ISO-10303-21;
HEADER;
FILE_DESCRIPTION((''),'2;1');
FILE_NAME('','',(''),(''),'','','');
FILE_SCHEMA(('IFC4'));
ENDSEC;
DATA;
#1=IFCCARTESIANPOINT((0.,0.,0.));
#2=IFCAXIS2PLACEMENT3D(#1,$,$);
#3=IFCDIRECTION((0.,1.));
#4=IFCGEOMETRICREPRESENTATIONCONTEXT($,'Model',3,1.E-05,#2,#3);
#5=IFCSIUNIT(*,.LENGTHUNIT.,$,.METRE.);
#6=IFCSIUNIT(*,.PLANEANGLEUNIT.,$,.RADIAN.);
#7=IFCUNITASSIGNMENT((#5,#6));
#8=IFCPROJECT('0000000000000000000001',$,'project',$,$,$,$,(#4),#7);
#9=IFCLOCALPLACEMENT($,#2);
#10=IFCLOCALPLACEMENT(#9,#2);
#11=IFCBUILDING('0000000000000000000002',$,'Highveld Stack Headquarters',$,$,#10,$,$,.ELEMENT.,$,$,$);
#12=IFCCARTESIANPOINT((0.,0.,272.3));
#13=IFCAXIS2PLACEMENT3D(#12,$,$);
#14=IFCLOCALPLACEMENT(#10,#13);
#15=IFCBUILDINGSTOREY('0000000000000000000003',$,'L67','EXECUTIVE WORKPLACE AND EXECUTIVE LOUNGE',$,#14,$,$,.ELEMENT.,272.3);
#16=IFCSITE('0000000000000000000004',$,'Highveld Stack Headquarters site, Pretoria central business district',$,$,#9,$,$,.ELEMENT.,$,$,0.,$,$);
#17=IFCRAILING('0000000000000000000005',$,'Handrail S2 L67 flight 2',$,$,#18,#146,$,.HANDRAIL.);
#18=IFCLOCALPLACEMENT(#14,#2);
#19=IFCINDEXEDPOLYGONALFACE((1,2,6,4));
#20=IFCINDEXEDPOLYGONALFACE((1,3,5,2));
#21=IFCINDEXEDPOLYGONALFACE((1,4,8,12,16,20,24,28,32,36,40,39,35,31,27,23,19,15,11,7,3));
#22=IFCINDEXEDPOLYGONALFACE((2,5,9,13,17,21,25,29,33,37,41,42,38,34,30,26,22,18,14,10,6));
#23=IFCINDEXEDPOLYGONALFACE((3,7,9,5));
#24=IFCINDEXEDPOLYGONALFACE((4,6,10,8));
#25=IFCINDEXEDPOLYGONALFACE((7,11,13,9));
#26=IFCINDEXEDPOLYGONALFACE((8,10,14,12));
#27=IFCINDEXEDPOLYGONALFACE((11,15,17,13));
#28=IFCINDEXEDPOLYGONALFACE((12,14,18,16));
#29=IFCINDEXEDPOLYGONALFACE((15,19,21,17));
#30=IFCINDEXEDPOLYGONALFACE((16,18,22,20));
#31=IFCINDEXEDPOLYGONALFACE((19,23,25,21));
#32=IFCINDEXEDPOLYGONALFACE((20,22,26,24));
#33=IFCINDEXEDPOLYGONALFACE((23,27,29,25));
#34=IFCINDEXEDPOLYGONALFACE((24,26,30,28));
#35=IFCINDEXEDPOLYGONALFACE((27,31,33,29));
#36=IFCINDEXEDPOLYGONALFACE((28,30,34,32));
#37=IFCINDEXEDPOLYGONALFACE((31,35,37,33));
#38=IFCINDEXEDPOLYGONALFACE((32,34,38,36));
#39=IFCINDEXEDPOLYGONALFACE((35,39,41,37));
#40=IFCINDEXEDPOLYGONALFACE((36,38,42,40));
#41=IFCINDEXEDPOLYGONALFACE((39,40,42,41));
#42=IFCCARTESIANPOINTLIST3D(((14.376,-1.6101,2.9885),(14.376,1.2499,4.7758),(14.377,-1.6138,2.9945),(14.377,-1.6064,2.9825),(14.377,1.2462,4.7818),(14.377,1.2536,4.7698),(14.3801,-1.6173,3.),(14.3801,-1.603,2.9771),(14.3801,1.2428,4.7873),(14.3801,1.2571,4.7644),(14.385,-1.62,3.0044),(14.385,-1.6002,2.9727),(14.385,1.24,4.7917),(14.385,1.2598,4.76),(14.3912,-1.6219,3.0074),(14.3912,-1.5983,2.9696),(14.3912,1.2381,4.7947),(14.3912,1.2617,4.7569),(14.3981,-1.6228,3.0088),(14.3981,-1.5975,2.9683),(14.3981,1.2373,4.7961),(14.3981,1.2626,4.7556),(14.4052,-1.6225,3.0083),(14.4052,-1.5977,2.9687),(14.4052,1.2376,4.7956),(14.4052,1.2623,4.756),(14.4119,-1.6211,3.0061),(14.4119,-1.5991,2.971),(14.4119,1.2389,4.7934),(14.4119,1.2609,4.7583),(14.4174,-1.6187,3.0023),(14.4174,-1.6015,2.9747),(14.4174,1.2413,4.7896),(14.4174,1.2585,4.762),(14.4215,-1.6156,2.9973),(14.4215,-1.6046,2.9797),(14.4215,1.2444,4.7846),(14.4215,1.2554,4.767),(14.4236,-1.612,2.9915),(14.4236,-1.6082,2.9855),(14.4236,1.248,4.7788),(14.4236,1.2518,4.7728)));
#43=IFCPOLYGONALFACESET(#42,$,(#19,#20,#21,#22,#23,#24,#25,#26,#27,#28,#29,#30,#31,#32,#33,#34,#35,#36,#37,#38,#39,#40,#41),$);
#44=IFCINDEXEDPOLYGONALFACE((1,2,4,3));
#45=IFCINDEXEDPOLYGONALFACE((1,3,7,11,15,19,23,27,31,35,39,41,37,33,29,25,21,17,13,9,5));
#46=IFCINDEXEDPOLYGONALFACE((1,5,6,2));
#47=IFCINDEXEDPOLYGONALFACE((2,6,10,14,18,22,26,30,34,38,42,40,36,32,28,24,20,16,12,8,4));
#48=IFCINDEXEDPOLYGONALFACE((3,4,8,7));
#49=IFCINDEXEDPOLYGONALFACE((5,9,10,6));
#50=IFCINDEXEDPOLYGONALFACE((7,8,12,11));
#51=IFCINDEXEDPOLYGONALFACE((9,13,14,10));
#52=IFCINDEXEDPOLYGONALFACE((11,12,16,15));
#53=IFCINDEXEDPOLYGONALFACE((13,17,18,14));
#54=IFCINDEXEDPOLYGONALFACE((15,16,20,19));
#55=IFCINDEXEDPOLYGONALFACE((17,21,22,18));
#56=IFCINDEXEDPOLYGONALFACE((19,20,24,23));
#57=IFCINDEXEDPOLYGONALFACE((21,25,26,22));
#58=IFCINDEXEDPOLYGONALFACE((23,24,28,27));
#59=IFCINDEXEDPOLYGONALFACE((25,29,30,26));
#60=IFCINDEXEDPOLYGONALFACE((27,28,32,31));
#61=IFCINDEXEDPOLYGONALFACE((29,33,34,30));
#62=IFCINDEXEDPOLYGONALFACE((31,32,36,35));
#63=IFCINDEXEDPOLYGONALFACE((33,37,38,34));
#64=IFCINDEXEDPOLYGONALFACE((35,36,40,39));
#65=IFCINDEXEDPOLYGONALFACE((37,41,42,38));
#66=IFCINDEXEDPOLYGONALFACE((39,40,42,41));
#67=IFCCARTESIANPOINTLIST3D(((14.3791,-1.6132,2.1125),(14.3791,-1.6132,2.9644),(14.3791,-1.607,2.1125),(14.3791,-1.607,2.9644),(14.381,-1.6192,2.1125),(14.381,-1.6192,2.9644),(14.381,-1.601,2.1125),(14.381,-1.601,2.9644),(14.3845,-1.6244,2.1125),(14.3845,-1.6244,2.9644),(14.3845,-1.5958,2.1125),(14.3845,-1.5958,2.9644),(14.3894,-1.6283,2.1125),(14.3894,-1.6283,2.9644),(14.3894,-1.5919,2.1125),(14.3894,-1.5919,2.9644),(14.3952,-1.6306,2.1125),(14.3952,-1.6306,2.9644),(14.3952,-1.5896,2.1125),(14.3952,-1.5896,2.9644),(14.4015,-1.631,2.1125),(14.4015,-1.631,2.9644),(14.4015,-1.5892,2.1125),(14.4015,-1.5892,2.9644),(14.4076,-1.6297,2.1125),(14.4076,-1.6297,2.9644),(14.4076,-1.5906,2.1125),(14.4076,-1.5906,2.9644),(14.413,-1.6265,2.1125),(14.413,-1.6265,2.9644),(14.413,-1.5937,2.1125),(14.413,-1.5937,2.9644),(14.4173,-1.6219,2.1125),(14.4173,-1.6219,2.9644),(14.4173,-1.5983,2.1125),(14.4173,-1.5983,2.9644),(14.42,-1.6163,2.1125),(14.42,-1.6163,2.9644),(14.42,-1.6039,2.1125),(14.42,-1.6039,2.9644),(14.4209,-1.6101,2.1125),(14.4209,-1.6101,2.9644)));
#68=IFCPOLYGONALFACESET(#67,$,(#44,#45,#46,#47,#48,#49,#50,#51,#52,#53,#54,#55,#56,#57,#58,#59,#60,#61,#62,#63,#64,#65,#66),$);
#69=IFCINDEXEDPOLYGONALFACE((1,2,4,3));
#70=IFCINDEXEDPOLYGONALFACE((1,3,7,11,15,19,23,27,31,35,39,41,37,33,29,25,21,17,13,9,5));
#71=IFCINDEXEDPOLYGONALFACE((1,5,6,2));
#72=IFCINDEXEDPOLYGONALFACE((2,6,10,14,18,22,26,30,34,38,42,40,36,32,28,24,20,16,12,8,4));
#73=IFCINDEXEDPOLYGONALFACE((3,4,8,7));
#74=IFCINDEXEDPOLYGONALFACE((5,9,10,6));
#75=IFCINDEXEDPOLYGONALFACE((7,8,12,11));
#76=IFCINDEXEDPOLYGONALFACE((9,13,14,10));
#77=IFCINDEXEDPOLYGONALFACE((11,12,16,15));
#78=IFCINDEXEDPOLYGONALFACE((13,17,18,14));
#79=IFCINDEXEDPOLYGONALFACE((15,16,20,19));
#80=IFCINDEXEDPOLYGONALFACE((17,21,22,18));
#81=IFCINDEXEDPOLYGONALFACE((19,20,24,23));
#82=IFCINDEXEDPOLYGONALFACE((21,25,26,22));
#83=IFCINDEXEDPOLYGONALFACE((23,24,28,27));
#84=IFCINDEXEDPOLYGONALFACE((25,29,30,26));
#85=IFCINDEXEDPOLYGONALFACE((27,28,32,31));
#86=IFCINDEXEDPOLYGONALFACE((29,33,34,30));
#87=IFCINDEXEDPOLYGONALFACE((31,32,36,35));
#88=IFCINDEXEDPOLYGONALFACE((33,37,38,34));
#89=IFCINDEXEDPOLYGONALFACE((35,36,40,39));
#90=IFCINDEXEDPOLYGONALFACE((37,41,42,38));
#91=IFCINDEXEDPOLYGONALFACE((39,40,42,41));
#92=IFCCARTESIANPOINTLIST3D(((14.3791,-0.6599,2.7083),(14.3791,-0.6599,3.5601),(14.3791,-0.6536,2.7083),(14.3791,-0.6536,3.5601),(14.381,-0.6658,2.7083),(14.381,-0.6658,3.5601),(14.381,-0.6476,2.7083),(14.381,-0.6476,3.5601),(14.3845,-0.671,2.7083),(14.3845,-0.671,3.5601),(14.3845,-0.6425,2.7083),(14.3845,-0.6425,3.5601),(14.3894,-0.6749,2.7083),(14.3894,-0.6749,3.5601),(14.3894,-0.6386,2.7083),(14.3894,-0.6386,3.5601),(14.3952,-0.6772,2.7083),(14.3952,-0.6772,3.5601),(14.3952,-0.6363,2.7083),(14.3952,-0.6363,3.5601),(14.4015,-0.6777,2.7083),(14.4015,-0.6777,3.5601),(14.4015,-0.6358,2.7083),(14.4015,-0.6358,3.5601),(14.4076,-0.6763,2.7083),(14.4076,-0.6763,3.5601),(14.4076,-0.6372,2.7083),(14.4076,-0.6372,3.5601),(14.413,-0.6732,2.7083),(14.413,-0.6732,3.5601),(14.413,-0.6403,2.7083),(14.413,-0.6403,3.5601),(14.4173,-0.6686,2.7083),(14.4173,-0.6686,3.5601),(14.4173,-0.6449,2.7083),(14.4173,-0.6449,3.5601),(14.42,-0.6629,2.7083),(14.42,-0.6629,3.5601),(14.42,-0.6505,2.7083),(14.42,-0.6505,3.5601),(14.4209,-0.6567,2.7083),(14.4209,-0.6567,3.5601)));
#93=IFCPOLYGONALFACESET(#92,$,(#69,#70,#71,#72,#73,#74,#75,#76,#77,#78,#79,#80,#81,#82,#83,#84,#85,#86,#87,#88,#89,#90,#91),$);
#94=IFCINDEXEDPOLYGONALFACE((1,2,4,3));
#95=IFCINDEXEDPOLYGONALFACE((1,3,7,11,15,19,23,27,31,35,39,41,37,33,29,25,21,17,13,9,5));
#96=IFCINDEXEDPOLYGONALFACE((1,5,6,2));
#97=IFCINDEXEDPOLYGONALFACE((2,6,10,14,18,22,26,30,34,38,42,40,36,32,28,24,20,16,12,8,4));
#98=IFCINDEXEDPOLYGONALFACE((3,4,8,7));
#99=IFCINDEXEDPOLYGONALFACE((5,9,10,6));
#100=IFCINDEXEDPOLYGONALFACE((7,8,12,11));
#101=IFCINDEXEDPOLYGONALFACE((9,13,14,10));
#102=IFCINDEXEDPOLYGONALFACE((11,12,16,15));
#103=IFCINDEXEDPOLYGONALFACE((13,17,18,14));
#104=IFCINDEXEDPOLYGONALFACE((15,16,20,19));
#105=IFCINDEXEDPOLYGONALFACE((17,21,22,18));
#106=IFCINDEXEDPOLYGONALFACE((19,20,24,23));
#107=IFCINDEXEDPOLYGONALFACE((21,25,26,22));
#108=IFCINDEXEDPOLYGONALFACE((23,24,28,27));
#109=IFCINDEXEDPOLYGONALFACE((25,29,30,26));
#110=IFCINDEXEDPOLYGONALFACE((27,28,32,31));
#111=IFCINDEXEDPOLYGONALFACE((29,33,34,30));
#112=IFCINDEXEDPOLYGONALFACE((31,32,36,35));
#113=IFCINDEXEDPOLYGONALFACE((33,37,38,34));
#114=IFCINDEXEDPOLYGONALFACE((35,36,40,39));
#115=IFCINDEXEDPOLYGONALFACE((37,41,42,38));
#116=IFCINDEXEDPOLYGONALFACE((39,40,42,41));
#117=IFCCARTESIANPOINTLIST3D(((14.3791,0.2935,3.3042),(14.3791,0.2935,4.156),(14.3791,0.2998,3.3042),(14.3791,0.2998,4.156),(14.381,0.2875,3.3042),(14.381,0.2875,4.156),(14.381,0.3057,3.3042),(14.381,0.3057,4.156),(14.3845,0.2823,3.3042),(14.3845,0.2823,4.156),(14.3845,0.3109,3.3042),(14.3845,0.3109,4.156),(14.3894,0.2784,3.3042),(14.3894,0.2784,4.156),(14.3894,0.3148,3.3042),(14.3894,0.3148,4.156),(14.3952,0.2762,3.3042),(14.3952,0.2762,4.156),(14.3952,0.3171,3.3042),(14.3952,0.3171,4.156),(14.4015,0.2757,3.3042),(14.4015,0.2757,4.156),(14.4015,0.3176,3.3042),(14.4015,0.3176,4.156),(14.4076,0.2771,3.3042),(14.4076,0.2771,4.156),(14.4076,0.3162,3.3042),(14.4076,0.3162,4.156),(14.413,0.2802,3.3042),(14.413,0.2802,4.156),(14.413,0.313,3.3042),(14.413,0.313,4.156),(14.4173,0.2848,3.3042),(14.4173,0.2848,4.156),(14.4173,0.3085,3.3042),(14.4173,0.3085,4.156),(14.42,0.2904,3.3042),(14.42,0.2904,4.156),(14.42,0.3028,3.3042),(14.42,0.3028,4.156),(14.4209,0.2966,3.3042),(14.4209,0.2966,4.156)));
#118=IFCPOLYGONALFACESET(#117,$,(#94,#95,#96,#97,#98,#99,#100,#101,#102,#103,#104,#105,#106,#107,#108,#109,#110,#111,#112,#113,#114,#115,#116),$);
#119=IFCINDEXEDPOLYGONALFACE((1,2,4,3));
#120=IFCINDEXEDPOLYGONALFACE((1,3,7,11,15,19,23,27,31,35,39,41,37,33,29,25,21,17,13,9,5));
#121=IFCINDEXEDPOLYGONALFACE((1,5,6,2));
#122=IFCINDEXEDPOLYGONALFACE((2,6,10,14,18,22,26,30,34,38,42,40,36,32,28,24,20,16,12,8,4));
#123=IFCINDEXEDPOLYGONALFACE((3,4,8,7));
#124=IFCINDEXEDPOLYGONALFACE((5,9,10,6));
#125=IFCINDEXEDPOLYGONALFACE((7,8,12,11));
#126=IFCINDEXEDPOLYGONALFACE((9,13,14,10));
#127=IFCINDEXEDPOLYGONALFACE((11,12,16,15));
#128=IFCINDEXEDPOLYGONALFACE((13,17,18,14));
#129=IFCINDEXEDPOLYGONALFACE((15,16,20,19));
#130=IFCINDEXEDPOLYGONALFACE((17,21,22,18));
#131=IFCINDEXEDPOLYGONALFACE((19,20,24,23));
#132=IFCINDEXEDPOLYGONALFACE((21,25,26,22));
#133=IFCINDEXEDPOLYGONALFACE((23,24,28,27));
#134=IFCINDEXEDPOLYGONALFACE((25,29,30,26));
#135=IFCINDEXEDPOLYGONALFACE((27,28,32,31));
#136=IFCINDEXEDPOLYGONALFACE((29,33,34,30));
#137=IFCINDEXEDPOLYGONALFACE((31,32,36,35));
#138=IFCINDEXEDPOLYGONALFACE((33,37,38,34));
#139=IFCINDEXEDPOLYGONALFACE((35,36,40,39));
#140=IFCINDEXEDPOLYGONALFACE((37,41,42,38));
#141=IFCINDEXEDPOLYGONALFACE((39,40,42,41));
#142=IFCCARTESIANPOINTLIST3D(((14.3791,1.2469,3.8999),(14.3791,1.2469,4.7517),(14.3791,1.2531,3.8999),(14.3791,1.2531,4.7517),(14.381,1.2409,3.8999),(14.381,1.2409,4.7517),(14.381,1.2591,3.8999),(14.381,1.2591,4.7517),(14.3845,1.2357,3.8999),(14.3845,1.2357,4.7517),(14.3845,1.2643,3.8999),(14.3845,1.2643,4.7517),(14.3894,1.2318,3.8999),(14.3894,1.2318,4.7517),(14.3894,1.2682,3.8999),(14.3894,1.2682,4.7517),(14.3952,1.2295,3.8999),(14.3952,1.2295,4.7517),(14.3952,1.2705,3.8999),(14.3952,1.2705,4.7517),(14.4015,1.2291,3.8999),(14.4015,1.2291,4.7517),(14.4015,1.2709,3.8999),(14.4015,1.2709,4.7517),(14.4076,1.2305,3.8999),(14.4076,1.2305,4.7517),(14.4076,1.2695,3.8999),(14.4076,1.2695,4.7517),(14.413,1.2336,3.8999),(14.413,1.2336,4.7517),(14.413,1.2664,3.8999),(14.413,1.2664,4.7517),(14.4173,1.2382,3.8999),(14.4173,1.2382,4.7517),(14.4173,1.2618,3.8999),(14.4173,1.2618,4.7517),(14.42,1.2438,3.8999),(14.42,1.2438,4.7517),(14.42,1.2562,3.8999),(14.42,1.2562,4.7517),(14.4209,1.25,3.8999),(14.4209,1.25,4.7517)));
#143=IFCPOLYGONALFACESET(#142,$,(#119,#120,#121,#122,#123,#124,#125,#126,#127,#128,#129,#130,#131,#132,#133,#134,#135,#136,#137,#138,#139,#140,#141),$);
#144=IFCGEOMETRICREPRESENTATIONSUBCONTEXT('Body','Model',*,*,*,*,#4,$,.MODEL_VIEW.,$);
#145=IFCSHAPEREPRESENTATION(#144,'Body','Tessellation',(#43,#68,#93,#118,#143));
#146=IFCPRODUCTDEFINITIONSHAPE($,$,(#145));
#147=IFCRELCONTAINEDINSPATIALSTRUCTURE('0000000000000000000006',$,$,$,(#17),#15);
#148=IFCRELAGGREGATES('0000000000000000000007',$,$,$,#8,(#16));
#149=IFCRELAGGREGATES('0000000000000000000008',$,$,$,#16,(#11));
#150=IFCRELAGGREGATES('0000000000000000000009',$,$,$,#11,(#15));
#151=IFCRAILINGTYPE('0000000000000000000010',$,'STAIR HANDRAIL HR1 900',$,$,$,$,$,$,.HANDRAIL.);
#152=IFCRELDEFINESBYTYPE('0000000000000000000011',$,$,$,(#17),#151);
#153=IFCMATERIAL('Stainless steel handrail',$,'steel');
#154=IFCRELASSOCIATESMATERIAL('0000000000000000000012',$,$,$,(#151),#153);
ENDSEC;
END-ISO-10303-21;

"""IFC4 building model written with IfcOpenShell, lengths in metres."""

from ifc_helpers import new_model, si_unit, direction, frame, origin, origin_2d, place, context, subcontext, project, spatial, circle, extrude, material, type_object, element, save


model = new_model("IFC4")

# Units and contexts
model_context = context("Model", 3, precision=1e-05, world=origin(), true_north=direction((0.0, 1.0)))
body_context = subcontext(model_context, "Body", "Model", "MODEL_VIEW")
ifc_project = project(units=[si_unit("LENGTHUNIT", "METRE"), si_unit("PLANEANGLEUNIT", "RADIAN")], contexts=[model_context])

# Site, building, storey
site_placement = place(None, origin())
site = spatial("IfcSite", under=ifc_project, at=site_placement, Name="Highveld Stack Headquarters site, Pretoria central business district", CompositionType="ELEMENT", RefElevation=0.0)
building_placement = place(site_placement, origin())
building = spatial("IfcBuilding", under=site, at=building_placement, Name="Highveld Stack Headquarters", CompositionType="ELEMENT")
storey_placement = place(building_placement, frame((0.0, 0.0, 272.3)))
storey = spatial("IfcBuildingStorey", under=building, at=storey_placement, Name="L67", Description="EXECUTIVE WORKPLACE AND EXECUTIVE LOUNGE", CompositionType="ELEMENT", Elevation=272.3)

# Railing
ifc_material_1 = material(Name="Stainless steel handrail", Category="steel")
railing_type = type_object("IfcRailingType", Name="STAIR HANDRAIL HR1 900", PredefinedType="HANDRAIL", material=ifc_material_1)
for number, where, name in (
    (1, (14.3999, -1.6101, 2.1125), "Handrail S2 L67 flight 2"),
):
    element("IfcRailing", number, at=place(storey_placement, frame(where)), inside=storey, type_object=railing_type, Name=name, PredefinedType="HANDRAIL", context=body_context, shape_type="SweptSolid", body=[
        extrude(circle(Radius=0.0239, at=origin_2d()), frame((0.0, 0.0, 0.876), z_axis=(0.0, 0.848027, 0.529953), x_axis=(-1.0, 0.0, 0.0)), (0.0, 0.0, 1.0), 3.3726),
        extrude(circle(Radius=0.021, at=origin_2d()), origin(), (0.0, 0.0, 1.0), 0.8518),
        extrude(circle(Radius=0.021, at=origin_2d()), frame((0.0, 0.9534, 0.5957)), (0.0, 0.0, 1.0), 0.8518),
        extrude(circle(Radius=0.021, at=origin_2d()), frame((0.0, 1.9067, 1.1917)), (0.0, 0.0, 1.0), 0.8518),
        extrude(circle(Radius=0.021, at=origin_2d()), frame((0.0, 2.8601, 1.7874)), (0.0, 0.0, 1.0), 0.8518),
    ])

save(model, "model.ifc")
